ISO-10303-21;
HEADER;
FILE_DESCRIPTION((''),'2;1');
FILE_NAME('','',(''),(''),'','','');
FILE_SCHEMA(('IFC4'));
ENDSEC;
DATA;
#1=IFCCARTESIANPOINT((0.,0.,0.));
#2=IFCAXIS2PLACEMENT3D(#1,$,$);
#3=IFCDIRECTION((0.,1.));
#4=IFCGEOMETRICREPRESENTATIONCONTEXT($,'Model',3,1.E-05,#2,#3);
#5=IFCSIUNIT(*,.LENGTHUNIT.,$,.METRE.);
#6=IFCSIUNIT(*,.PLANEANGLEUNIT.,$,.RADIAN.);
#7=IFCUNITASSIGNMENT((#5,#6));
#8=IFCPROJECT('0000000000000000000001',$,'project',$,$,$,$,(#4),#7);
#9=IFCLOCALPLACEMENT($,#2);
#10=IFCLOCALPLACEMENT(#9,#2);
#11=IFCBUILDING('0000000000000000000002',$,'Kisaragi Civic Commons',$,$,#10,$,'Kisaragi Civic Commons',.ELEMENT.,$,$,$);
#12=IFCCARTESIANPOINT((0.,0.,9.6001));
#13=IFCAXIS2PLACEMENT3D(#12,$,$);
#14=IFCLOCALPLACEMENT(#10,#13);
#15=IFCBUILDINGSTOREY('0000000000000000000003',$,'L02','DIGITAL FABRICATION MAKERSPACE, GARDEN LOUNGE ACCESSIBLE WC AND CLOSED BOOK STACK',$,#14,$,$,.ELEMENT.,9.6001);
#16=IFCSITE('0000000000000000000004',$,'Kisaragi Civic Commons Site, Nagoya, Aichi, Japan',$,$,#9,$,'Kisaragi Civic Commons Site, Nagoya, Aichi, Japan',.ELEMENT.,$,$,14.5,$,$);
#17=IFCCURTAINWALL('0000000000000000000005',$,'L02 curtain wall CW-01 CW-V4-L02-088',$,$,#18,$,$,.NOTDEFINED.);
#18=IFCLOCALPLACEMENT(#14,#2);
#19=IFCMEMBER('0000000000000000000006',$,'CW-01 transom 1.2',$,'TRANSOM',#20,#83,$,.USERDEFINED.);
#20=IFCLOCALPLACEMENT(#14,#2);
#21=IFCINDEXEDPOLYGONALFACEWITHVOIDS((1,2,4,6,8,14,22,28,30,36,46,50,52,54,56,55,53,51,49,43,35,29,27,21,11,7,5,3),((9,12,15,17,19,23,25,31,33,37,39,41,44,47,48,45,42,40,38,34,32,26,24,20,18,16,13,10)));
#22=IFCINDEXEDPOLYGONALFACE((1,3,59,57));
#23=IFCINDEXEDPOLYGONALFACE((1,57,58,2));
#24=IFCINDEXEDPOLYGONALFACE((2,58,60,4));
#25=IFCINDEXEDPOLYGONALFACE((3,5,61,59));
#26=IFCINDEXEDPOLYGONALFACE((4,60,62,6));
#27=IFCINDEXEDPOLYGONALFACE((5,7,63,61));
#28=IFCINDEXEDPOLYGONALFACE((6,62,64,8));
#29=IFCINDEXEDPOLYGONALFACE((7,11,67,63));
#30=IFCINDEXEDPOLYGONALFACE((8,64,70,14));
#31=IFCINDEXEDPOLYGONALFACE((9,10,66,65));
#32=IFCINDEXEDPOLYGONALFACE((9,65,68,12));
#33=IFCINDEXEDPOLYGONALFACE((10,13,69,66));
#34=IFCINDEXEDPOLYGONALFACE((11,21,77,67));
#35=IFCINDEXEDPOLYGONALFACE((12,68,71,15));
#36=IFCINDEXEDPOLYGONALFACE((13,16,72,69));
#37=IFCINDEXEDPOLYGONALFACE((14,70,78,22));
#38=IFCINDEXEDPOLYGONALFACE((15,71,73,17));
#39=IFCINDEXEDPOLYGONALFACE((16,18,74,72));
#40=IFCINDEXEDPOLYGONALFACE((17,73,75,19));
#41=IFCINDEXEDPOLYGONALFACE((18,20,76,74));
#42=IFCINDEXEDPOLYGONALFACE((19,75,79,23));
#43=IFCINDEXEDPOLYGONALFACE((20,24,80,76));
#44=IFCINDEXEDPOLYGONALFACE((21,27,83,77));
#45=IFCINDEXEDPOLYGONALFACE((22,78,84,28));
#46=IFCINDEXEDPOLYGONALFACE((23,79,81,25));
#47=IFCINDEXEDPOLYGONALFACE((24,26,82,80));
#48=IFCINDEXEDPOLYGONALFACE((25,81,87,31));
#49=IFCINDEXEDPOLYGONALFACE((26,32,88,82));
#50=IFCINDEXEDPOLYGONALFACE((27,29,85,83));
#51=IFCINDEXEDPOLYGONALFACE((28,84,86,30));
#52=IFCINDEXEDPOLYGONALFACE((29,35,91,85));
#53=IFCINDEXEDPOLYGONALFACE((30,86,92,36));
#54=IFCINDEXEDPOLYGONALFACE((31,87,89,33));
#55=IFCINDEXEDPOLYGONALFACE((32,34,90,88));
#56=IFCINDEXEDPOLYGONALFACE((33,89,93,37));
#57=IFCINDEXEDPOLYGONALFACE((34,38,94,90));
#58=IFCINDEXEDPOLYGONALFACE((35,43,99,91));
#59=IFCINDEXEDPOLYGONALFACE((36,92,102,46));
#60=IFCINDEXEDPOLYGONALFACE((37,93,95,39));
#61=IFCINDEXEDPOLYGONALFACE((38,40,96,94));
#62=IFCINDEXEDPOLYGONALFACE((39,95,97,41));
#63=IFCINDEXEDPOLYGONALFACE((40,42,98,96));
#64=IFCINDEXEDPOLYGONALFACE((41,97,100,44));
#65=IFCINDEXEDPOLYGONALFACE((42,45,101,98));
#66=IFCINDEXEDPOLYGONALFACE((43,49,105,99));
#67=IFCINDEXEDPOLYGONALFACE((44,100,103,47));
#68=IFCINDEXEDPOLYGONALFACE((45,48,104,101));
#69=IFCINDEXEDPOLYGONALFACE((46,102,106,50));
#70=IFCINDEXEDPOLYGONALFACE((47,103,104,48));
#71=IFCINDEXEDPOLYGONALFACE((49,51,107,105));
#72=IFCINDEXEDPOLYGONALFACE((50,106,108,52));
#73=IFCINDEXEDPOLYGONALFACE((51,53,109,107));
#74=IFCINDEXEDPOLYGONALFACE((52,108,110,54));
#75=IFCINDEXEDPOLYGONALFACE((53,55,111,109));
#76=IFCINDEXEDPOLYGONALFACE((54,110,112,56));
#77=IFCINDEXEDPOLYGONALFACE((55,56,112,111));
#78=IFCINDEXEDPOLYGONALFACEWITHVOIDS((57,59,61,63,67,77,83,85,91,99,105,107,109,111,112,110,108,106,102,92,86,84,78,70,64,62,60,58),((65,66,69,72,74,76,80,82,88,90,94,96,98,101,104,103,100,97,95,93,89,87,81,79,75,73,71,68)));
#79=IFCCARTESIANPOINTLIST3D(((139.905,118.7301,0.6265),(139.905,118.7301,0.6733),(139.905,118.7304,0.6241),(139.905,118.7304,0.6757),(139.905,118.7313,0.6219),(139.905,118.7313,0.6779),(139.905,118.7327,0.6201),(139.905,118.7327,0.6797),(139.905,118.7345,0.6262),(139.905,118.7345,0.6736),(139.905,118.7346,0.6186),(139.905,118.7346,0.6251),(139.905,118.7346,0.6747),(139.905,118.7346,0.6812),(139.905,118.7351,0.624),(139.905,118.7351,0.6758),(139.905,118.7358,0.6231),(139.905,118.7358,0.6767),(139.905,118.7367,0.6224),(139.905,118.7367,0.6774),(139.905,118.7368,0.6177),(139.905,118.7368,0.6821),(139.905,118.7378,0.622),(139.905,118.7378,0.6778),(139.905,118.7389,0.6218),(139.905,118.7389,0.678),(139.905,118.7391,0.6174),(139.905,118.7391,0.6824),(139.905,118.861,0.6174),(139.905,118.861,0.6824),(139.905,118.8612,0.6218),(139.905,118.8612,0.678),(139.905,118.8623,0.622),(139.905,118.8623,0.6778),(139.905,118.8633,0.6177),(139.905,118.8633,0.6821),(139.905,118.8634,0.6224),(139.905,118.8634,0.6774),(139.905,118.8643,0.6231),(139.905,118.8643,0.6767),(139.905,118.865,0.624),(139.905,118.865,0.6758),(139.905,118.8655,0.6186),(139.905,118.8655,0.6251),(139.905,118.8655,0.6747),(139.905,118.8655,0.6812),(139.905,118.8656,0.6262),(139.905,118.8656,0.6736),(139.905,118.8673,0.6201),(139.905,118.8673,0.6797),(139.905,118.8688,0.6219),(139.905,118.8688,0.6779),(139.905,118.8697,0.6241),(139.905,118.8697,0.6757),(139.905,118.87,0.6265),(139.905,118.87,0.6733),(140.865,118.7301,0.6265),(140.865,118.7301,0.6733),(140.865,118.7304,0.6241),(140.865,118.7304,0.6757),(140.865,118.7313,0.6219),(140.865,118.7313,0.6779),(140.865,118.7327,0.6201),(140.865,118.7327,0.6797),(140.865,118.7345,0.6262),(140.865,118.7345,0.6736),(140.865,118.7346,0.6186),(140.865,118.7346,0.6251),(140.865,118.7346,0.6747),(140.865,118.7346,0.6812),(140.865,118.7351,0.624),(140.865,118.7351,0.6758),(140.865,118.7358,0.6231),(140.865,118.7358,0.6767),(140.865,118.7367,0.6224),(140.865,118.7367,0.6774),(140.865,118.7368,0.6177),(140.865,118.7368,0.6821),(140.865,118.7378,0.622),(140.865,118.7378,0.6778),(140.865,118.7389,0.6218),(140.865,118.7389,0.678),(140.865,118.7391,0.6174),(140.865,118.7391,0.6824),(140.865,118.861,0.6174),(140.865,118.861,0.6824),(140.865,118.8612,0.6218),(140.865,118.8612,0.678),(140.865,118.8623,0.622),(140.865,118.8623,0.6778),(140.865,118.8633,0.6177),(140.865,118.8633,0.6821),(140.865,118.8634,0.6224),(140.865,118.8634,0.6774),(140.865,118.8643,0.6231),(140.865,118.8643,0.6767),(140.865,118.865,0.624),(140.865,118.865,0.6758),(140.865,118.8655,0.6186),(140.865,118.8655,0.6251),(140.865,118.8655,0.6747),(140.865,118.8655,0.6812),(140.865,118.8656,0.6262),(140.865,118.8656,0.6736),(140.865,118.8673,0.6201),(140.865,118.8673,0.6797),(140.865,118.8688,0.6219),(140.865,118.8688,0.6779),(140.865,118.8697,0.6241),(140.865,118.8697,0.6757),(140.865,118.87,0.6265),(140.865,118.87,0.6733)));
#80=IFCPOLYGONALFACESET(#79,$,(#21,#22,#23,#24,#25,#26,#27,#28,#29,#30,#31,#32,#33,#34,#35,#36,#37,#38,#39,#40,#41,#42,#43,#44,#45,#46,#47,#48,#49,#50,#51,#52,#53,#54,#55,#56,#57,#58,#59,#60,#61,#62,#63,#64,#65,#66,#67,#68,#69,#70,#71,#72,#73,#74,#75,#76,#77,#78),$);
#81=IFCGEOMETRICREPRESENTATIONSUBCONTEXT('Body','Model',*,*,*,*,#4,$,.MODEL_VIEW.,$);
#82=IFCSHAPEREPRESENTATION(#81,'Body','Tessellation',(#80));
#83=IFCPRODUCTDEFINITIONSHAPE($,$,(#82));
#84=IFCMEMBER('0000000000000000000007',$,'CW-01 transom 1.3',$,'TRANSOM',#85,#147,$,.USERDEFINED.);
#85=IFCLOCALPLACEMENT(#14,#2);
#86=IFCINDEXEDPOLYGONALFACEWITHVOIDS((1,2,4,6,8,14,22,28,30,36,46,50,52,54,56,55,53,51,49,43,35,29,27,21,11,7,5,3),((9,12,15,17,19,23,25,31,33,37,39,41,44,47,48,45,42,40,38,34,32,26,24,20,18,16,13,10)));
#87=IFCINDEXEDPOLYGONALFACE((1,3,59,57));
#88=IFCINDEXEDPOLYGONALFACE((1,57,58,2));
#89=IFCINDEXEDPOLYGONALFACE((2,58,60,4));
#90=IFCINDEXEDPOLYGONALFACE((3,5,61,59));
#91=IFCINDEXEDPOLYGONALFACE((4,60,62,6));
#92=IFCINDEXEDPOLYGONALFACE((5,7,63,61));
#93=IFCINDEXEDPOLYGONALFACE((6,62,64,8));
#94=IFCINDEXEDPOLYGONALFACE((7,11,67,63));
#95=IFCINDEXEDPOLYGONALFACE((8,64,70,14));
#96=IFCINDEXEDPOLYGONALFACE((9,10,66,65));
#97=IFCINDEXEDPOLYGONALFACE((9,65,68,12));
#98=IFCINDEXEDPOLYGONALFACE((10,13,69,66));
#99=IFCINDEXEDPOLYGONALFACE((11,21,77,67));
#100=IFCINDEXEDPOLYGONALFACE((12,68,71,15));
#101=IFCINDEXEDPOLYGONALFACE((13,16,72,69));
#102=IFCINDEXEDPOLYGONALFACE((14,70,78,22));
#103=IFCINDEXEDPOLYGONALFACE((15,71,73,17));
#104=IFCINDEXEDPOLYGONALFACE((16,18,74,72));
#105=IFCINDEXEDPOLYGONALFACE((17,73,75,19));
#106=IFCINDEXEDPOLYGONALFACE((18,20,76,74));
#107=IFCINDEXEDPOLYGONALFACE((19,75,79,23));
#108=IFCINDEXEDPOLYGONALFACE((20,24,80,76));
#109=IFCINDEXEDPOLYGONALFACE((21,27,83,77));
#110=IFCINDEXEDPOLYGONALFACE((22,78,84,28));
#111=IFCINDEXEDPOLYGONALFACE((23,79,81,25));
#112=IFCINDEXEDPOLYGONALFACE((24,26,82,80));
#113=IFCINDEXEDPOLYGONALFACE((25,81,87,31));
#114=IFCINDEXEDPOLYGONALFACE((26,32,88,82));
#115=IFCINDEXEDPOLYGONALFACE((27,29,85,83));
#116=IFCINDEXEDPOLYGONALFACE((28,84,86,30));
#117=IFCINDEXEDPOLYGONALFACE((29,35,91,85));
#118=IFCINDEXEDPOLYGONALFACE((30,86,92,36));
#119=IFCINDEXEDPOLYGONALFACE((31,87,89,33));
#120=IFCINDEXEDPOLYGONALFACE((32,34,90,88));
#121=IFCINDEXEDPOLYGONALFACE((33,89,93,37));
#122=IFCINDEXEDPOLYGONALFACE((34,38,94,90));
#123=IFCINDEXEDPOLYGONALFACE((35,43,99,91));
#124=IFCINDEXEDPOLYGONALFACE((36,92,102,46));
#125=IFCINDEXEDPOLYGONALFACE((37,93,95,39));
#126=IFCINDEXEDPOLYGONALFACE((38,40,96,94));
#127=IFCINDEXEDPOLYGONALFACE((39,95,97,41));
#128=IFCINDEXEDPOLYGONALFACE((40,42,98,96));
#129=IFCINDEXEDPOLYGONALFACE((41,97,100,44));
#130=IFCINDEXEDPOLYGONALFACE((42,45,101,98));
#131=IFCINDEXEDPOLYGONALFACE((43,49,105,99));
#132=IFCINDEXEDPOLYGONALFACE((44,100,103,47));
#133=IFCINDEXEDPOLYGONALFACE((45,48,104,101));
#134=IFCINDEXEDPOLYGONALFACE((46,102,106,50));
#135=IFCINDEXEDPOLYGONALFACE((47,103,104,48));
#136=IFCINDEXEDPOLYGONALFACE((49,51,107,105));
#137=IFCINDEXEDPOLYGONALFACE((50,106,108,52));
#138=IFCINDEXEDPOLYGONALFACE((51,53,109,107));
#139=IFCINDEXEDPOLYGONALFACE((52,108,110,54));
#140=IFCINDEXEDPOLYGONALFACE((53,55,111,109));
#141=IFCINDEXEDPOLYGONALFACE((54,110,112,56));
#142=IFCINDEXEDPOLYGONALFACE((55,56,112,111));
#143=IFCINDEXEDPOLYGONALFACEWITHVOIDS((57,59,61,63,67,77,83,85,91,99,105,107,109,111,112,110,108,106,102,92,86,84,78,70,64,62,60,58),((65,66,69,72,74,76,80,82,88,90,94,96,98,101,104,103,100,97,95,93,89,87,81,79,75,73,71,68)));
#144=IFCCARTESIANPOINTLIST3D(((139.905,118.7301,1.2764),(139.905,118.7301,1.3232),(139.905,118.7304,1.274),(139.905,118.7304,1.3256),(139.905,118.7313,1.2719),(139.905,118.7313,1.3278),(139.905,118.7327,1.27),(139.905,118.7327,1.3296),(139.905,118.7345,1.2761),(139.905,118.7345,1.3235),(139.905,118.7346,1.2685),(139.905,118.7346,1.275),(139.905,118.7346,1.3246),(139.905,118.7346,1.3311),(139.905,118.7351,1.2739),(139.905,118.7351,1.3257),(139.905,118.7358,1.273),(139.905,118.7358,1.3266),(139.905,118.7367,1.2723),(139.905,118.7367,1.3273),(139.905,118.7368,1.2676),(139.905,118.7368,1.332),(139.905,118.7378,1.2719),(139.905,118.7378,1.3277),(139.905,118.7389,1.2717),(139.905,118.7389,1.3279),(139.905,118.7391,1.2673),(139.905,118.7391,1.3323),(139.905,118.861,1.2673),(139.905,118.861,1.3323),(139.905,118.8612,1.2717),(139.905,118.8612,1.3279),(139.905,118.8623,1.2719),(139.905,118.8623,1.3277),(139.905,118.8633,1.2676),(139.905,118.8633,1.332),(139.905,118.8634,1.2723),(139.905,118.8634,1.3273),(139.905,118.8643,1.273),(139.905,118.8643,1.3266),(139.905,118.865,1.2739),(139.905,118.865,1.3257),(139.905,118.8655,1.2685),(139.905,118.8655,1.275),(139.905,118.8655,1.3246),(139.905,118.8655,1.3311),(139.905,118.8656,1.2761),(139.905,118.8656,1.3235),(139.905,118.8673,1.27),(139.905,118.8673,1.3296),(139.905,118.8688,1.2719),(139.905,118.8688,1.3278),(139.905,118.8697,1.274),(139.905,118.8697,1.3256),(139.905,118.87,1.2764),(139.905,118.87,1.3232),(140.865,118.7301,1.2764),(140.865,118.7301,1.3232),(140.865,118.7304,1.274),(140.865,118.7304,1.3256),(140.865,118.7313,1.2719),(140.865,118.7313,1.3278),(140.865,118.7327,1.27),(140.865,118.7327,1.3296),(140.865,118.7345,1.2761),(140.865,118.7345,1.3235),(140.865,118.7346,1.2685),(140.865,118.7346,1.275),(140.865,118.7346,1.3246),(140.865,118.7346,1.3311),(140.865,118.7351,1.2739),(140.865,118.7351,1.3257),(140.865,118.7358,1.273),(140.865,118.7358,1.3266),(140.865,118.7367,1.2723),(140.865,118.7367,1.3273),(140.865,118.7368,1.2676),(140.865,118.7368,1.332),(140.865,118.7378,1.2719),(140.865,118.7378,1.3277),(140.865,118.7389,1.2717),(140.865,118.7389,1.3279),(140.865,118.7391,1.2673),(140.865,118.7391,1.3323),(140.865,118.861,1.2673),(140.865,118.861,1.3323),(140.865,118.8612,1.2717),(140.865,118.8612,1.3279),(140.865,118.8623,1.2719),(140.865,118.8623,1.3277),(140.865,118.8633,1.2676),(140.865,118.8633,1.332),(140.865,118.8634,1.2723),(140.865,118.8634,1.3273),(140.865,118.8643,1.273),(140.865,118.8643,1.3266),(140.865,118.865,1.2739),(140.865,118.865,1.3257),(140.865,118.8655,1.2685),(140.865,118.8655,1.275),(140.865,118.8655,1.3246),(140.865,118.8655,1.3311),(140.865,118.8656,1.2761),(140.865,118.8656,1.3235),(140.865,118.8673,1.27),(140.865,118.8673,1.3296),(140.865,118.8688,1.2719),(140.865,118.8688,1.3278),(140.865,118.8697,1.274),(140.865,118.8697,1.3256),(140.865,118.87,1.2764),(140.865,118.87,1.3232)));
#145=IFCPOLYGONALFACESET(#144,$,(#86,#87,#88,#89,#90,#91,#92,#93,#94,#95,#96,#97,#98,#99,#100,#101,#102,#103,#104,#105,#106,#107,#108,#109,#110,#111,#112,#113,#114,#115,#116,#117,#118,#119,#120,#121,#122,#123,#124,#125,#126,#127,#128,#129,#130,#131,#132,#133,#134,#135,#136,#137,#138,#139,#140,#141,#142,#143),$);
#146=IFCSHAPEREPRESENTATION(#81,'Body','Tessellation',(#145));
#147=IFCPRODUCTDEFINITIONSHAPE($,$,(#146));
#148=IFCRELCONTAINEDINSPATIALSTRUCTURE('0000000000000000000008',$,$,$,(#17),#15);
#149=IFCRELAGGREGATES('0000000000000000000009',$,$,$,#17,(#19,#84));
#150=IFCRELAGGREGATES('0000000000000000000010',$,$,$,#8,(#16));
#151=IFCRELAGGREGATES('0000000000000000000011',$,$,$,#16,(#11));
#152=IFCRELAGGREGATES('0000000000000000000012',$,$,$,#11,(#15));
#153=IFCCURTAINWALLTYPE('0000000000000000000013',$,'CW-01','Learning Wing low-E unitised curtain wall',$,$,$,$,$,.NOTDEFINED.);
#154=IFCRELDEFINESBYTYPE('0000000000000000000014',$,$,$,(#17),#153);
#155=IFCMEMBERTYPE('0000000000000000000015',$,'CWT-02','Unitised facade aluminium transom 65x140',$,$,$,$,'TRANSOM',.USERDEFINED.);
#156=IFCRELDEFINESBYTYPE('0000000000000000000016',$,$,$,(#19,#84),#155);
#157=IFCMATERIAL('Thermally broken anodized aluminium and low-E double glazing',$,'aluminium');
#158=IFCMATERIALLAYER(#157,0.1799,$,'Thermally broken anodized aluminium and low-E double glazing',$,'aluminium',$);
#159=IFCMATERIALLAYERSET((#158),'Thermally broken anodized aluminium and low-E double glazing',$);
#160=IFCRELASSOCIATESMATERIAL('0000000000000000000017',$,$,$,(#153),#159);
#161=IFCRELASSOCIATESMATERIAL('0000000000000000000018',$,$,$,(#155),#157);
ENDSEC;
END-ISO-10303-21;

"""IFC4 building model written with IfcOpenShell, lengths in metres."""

from ifc_helpers import new_model, si_unit, direction, frame, origin, origin_2d, place, context, subcontext, project, spatial, hollow_rectangle, extrude, material, layer, layer_set, material_profile, profile_set, type_object, element, aggregate, save


model = new_model("IFC4")

# Units and contexts
model_context = context("Model", 3, precision=1e-05, world=origin(), true_north=direction((0.0, 1.0)))
body_context = subcontext(model_context, "Body", "Model", "MODEL_VIEW")
ifc_project = project(units=[si_unit("LENGTHUNIT", "METRE"), si_unit("PLANEANGLEUNIT", "RADIAN")], contexts=[model_context])

# Site, building, storey
site_placement = place(None, origin())
site = spatial("IfcSite", under=ifc_project, at=site_placement, Name="Kisaragi Civic Commons Site, Nagoya, Aichi, Japan", LongName="Kisaragi Civic Commons Site, Nagoya, Aichi, Japan", CompositionType="ELEMENT", RefElevation=14.5)
building_placement = place(site_placement, origin())
building = spatial("IfcBuilding", under=site, at=building_placement, Name="Kisaragi Civic Commons", LongName="Kisaragi Civic Commons", CompositionType="ELEMENT")
storey_placement = place(building_placement, frame((0.0, 0.0, 9.6001)))
storey = spatial("IfcBuildingStorey", under=building, at=storey_placement, Name="L02", Description="DIGITAL FABRICATION MAKERSPACE, GARDEN LOUNGE ACCESSIBLE WC AND CLOSED BOOK STACK", CompositionType="ELEMENT", Elevation=9.6001)

# Curtain wall
ifc_material = material(Name="Thermally broken anodized aluminium and low-E double glazing", Category="aluminium")
ifc_layer_1 = layer(ifc_material, 0.1799, Name="Thermally broken anodized aluminium and low-E double glazing", Category="aluminium")
ifc_layer_set_1 = layer_set([ifc_layer_1], Name="Thermally broken anodized aluminium and low-E double glazing")
curtain_wall_type = type_object("IfcCurtainWallType", Name="CW-01", Description="Learning Wing low-E unitised curtain wall", PredefinedType="NOTDEFINED", material=ifc_layer_set_1)
curtain_wall_1_placement = place(storey_placement, origin())
curtain_wall_1 = element("IfcCurtainWall", 1, at=curtain_wall_1_placement, inside=storey, type_object=curtain_wall_type, Name="L02 curtain wall CW-01 CW-V4-L02-088", PredefinedType="NOTDEFINED")

# Members
ifc_material_profile_1 = material_profile(ifc_material, hollow_rectangle(XDim=0.1399, YDim=0.0649, WallThickness=0.0044, InnerFilletRadius=0.0044, OuterFilletRadius=0.009, at=origin_2d()), Name="CWT-65x140x4.5", Category="aluminium")
ifc_profile_set_1 = profile_set([ifc_material_profile_1], Name="Thermally broken anodized aluminium and low-E double glazing")
member_type_1 = type_object("IfcMemberType", Name="CWT-02", Description="Unitised facade aluminium transom 65x140", ElementType="TRANSOM", PredefinedType="USERDEFINED", material=ifc_profile_set_1)
member_1_placement = place(storey_placement, frame((139.905, 118.8, 0.6499), z_axis=(1.0, 0.0, 0.0), x_axis=(0.0, 1.0, 0.0)))
member_1 = element("IfcMember", 2, at=member_1_placement, type_object=member_type_1, Name="CW-01 transom 1.2", ObjectType="TRANSOM", PredefinedType="USERDEFINED", context=body_context, shape_type="SweptSolid", body=[
    extrude(hollow_rectangle(XDim=0.1399, YDim=0.0649, WallThickness=0.0044, InnerFilletRadius=0.0044, OuterFilletRadius=0.009, at=origin_2d()), origin(), (0.0, 0.0, 1.0), 0.96),
])
member_2_placement = place(storey_placement, frame((139.905, 118.8, 1.2998), z_axis=(1.0, 0.0, 0.0), x_axis=(0.0, 1.0, 0.0)))
member_2 = element("IfcMember", 3, at=member_2_placement, type_object=member_type_1, Name="CW-01 transom 1.3", ObjectType="TRANSOM", PredefinedType="USERDEFINED", context=body_context, shape_type="SweptSolid", body=[
    extrude(hollow_rectangle(XDim=0.1399, YDim=0.0649, WallThickness=0.0044, InnerFilletRadius=0.0044, OuterFilletRadius=0.009, at=origin_2d()), origin(), (0.0, 0.0, 1.0), 0.96),
])

aggregate(curtain_wall_1, [member_1, member_2])

save(model, "model.ifc")
